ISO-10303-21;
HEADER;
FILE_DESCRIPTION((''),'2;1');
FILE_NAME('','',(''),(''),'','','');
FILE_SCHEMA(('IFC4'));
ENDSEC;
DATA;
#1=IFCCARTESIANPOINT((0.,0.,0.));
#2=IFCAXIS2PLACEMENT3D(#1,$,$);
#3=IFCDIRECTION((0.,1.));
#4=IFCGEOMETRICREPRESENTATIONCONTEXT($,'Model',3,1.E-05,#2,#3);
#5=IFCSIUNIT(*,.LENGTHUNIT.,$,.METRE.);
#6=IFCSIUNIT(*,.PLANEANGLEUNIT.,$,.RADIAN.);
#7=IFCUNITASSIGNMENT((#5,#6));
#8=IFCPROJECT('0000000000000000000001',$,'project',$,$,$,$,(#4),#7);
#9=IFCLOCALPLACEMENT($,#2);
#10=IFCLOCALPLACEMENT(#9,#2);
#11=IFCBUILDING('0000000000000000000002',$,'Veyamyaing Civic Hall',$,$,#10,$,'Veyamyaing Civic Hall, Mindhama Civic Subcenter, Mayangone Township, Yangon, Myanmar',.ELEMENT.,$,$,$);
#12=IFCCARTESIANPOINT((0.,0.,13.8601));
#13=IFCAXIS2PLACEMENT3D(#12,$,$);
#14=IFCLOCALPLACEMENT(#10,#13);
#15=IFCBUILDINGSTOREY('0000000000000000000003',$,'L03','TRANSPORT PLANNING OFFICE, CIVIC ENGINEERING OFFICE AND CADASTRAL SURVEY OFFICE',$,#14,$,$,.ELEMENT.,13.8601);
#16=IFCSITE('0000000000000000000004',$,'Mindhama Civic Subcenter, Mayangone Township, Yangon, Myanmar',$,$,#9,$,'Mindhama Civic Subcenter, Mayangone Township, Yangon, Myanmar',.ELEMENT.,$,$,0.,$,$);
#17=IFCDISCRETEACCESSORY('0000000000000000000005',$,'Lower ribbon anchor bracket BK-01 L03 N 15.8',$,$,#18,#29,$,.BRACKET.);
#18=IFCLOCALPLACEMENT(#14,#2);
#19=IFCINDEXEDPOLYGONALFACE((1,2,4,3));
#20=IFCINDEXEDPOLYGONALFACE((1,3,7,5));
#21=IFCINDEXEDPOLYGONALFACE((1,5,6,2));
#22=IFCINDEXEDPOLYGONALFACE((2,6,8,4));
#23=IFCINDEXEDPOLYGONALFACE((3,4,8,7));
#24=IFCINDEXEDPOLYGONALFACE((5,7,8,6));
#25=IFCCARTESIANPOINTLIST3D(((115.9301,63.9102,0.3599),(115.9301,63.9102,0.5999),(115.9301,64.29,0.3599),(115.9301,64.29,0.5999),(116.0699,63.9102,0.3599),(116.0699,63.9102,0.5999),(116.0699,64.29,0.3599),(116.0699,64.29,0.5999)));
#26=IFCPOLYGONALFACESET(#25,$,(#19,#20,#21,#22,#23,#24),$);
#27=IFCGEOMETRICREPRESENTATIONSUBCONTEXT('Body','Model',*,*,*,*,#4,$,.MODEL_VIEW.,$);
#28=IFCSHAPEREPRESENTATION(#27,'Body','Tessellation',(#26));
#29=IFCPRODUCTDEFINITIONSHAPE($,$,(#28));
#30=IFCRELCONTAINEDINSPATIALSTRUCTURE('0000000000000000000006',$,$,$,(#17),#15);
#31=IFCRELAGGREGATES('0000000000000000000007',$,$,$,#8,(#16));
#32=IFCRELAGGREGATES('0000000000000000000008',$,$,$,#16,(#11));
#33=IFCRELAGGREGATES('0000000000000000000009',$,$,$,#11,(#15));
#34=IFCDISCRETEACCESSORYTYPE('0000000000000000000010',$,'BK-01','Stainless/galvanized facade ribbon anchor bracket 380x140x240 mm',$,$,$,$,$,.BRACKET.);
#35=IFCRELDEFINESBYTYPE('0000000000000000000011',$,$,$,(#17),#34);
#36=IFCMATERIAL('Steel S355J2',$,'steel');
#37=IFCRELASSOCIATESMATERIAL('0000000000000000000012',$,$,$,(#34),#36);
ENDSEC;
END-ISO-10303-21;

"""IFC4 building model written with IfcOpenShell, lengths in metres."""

from ifc_helpers import new_model, si_unit, direction, frame, origin, origin_2d, place, context, subcontext, project, spatial, rectangle, extrude, material, type_object, element, save


model = new_model("IFC4")

# Units and contexts
model_context = context("Model", 3, precision=1e-05, world=origin(), true_north=direction((0.0, 1.0)))
body_context = subcontext(model_context, "Body", "Model", "MODEL_VIEW")
ifc_project = project(units=[si_unit("LENGTHUNIT", "METRE"), si_unit("PLANEANGLEUNIT", "RADIAN")], contexts=[model_context])

# Site, building, storey
site_placement = place(None, origin())
site = spatial("IfcSite", under=ifc_project, at=site_placement, Name="Mindhama Civic Subcenter, Mayangone Township, Yangon, Myanmar", LongName="Mindhama Civic Subcenter, Mayangone Township, Yangon, Myanmar", CompositionType="ELEMENT", RefElevation=0.0)
building_placement = place(site_placement, origin())
building = spatial("IfcBuilding", under=site, at=building_placement, Name="Veyamyaing Civic Hall", LongName="Veyamyaing Civic Hall, Mindhama Civic Subcenter, Mayangone Township, Yangon, Myanmar", CompositionType="ELEMENT")
storey_placement = place(building_placement, frame((0.0, 0.0, 13.8601)))
storey = spatial("IfcBuildingStorey", under=building, at=storey_placement, Name="L03", Description="TRANSPORT PLANNING OFFICE, CIVIC ENGINEERING OFFICE AND CADASTRAL SURVEY OFFICE", CompositionType="ELEMENT", Elevation=13.8601)

# Discrete accessory
ifc_material_1 = material(Name="Steel S355J2", Category="steel")
discrete_accessory_type = type_object("IfcDiscreteAccessoryType", Name="BK-01", Description="Stainless/galvanized facade ribbon anchor bracket 380x140x240 mm", PredefinedType="BRACKET", material=ifc_material_1)
for number, where, z_axis, x_axis, name in (
    (1, (116.0, 64.1001, 0.3599), (0.0, 0.0, 1.0), (0.0, 1.0, 0.0), "Lower ribbon anchor bracket BK-01 L03 N 15.8"),
):
    element("IfcDiscreteAccessory", number, at=place(storey_placement, frame(where, z_axis=z_axis, x_axis=x_axis)), inside=storey, type_object=discrete_accessory_type, Name=name, PredefinedType="BRACKET", context=body_context, shape_type="SweptSolid", body=[
        extrude(rectangle(XDim=0.3799, YDim=0.1399, at=origin_2d()), origin(), (0.0, 0.0, 1.0), 0.24),
    ])

save(model, "model.ifc")
